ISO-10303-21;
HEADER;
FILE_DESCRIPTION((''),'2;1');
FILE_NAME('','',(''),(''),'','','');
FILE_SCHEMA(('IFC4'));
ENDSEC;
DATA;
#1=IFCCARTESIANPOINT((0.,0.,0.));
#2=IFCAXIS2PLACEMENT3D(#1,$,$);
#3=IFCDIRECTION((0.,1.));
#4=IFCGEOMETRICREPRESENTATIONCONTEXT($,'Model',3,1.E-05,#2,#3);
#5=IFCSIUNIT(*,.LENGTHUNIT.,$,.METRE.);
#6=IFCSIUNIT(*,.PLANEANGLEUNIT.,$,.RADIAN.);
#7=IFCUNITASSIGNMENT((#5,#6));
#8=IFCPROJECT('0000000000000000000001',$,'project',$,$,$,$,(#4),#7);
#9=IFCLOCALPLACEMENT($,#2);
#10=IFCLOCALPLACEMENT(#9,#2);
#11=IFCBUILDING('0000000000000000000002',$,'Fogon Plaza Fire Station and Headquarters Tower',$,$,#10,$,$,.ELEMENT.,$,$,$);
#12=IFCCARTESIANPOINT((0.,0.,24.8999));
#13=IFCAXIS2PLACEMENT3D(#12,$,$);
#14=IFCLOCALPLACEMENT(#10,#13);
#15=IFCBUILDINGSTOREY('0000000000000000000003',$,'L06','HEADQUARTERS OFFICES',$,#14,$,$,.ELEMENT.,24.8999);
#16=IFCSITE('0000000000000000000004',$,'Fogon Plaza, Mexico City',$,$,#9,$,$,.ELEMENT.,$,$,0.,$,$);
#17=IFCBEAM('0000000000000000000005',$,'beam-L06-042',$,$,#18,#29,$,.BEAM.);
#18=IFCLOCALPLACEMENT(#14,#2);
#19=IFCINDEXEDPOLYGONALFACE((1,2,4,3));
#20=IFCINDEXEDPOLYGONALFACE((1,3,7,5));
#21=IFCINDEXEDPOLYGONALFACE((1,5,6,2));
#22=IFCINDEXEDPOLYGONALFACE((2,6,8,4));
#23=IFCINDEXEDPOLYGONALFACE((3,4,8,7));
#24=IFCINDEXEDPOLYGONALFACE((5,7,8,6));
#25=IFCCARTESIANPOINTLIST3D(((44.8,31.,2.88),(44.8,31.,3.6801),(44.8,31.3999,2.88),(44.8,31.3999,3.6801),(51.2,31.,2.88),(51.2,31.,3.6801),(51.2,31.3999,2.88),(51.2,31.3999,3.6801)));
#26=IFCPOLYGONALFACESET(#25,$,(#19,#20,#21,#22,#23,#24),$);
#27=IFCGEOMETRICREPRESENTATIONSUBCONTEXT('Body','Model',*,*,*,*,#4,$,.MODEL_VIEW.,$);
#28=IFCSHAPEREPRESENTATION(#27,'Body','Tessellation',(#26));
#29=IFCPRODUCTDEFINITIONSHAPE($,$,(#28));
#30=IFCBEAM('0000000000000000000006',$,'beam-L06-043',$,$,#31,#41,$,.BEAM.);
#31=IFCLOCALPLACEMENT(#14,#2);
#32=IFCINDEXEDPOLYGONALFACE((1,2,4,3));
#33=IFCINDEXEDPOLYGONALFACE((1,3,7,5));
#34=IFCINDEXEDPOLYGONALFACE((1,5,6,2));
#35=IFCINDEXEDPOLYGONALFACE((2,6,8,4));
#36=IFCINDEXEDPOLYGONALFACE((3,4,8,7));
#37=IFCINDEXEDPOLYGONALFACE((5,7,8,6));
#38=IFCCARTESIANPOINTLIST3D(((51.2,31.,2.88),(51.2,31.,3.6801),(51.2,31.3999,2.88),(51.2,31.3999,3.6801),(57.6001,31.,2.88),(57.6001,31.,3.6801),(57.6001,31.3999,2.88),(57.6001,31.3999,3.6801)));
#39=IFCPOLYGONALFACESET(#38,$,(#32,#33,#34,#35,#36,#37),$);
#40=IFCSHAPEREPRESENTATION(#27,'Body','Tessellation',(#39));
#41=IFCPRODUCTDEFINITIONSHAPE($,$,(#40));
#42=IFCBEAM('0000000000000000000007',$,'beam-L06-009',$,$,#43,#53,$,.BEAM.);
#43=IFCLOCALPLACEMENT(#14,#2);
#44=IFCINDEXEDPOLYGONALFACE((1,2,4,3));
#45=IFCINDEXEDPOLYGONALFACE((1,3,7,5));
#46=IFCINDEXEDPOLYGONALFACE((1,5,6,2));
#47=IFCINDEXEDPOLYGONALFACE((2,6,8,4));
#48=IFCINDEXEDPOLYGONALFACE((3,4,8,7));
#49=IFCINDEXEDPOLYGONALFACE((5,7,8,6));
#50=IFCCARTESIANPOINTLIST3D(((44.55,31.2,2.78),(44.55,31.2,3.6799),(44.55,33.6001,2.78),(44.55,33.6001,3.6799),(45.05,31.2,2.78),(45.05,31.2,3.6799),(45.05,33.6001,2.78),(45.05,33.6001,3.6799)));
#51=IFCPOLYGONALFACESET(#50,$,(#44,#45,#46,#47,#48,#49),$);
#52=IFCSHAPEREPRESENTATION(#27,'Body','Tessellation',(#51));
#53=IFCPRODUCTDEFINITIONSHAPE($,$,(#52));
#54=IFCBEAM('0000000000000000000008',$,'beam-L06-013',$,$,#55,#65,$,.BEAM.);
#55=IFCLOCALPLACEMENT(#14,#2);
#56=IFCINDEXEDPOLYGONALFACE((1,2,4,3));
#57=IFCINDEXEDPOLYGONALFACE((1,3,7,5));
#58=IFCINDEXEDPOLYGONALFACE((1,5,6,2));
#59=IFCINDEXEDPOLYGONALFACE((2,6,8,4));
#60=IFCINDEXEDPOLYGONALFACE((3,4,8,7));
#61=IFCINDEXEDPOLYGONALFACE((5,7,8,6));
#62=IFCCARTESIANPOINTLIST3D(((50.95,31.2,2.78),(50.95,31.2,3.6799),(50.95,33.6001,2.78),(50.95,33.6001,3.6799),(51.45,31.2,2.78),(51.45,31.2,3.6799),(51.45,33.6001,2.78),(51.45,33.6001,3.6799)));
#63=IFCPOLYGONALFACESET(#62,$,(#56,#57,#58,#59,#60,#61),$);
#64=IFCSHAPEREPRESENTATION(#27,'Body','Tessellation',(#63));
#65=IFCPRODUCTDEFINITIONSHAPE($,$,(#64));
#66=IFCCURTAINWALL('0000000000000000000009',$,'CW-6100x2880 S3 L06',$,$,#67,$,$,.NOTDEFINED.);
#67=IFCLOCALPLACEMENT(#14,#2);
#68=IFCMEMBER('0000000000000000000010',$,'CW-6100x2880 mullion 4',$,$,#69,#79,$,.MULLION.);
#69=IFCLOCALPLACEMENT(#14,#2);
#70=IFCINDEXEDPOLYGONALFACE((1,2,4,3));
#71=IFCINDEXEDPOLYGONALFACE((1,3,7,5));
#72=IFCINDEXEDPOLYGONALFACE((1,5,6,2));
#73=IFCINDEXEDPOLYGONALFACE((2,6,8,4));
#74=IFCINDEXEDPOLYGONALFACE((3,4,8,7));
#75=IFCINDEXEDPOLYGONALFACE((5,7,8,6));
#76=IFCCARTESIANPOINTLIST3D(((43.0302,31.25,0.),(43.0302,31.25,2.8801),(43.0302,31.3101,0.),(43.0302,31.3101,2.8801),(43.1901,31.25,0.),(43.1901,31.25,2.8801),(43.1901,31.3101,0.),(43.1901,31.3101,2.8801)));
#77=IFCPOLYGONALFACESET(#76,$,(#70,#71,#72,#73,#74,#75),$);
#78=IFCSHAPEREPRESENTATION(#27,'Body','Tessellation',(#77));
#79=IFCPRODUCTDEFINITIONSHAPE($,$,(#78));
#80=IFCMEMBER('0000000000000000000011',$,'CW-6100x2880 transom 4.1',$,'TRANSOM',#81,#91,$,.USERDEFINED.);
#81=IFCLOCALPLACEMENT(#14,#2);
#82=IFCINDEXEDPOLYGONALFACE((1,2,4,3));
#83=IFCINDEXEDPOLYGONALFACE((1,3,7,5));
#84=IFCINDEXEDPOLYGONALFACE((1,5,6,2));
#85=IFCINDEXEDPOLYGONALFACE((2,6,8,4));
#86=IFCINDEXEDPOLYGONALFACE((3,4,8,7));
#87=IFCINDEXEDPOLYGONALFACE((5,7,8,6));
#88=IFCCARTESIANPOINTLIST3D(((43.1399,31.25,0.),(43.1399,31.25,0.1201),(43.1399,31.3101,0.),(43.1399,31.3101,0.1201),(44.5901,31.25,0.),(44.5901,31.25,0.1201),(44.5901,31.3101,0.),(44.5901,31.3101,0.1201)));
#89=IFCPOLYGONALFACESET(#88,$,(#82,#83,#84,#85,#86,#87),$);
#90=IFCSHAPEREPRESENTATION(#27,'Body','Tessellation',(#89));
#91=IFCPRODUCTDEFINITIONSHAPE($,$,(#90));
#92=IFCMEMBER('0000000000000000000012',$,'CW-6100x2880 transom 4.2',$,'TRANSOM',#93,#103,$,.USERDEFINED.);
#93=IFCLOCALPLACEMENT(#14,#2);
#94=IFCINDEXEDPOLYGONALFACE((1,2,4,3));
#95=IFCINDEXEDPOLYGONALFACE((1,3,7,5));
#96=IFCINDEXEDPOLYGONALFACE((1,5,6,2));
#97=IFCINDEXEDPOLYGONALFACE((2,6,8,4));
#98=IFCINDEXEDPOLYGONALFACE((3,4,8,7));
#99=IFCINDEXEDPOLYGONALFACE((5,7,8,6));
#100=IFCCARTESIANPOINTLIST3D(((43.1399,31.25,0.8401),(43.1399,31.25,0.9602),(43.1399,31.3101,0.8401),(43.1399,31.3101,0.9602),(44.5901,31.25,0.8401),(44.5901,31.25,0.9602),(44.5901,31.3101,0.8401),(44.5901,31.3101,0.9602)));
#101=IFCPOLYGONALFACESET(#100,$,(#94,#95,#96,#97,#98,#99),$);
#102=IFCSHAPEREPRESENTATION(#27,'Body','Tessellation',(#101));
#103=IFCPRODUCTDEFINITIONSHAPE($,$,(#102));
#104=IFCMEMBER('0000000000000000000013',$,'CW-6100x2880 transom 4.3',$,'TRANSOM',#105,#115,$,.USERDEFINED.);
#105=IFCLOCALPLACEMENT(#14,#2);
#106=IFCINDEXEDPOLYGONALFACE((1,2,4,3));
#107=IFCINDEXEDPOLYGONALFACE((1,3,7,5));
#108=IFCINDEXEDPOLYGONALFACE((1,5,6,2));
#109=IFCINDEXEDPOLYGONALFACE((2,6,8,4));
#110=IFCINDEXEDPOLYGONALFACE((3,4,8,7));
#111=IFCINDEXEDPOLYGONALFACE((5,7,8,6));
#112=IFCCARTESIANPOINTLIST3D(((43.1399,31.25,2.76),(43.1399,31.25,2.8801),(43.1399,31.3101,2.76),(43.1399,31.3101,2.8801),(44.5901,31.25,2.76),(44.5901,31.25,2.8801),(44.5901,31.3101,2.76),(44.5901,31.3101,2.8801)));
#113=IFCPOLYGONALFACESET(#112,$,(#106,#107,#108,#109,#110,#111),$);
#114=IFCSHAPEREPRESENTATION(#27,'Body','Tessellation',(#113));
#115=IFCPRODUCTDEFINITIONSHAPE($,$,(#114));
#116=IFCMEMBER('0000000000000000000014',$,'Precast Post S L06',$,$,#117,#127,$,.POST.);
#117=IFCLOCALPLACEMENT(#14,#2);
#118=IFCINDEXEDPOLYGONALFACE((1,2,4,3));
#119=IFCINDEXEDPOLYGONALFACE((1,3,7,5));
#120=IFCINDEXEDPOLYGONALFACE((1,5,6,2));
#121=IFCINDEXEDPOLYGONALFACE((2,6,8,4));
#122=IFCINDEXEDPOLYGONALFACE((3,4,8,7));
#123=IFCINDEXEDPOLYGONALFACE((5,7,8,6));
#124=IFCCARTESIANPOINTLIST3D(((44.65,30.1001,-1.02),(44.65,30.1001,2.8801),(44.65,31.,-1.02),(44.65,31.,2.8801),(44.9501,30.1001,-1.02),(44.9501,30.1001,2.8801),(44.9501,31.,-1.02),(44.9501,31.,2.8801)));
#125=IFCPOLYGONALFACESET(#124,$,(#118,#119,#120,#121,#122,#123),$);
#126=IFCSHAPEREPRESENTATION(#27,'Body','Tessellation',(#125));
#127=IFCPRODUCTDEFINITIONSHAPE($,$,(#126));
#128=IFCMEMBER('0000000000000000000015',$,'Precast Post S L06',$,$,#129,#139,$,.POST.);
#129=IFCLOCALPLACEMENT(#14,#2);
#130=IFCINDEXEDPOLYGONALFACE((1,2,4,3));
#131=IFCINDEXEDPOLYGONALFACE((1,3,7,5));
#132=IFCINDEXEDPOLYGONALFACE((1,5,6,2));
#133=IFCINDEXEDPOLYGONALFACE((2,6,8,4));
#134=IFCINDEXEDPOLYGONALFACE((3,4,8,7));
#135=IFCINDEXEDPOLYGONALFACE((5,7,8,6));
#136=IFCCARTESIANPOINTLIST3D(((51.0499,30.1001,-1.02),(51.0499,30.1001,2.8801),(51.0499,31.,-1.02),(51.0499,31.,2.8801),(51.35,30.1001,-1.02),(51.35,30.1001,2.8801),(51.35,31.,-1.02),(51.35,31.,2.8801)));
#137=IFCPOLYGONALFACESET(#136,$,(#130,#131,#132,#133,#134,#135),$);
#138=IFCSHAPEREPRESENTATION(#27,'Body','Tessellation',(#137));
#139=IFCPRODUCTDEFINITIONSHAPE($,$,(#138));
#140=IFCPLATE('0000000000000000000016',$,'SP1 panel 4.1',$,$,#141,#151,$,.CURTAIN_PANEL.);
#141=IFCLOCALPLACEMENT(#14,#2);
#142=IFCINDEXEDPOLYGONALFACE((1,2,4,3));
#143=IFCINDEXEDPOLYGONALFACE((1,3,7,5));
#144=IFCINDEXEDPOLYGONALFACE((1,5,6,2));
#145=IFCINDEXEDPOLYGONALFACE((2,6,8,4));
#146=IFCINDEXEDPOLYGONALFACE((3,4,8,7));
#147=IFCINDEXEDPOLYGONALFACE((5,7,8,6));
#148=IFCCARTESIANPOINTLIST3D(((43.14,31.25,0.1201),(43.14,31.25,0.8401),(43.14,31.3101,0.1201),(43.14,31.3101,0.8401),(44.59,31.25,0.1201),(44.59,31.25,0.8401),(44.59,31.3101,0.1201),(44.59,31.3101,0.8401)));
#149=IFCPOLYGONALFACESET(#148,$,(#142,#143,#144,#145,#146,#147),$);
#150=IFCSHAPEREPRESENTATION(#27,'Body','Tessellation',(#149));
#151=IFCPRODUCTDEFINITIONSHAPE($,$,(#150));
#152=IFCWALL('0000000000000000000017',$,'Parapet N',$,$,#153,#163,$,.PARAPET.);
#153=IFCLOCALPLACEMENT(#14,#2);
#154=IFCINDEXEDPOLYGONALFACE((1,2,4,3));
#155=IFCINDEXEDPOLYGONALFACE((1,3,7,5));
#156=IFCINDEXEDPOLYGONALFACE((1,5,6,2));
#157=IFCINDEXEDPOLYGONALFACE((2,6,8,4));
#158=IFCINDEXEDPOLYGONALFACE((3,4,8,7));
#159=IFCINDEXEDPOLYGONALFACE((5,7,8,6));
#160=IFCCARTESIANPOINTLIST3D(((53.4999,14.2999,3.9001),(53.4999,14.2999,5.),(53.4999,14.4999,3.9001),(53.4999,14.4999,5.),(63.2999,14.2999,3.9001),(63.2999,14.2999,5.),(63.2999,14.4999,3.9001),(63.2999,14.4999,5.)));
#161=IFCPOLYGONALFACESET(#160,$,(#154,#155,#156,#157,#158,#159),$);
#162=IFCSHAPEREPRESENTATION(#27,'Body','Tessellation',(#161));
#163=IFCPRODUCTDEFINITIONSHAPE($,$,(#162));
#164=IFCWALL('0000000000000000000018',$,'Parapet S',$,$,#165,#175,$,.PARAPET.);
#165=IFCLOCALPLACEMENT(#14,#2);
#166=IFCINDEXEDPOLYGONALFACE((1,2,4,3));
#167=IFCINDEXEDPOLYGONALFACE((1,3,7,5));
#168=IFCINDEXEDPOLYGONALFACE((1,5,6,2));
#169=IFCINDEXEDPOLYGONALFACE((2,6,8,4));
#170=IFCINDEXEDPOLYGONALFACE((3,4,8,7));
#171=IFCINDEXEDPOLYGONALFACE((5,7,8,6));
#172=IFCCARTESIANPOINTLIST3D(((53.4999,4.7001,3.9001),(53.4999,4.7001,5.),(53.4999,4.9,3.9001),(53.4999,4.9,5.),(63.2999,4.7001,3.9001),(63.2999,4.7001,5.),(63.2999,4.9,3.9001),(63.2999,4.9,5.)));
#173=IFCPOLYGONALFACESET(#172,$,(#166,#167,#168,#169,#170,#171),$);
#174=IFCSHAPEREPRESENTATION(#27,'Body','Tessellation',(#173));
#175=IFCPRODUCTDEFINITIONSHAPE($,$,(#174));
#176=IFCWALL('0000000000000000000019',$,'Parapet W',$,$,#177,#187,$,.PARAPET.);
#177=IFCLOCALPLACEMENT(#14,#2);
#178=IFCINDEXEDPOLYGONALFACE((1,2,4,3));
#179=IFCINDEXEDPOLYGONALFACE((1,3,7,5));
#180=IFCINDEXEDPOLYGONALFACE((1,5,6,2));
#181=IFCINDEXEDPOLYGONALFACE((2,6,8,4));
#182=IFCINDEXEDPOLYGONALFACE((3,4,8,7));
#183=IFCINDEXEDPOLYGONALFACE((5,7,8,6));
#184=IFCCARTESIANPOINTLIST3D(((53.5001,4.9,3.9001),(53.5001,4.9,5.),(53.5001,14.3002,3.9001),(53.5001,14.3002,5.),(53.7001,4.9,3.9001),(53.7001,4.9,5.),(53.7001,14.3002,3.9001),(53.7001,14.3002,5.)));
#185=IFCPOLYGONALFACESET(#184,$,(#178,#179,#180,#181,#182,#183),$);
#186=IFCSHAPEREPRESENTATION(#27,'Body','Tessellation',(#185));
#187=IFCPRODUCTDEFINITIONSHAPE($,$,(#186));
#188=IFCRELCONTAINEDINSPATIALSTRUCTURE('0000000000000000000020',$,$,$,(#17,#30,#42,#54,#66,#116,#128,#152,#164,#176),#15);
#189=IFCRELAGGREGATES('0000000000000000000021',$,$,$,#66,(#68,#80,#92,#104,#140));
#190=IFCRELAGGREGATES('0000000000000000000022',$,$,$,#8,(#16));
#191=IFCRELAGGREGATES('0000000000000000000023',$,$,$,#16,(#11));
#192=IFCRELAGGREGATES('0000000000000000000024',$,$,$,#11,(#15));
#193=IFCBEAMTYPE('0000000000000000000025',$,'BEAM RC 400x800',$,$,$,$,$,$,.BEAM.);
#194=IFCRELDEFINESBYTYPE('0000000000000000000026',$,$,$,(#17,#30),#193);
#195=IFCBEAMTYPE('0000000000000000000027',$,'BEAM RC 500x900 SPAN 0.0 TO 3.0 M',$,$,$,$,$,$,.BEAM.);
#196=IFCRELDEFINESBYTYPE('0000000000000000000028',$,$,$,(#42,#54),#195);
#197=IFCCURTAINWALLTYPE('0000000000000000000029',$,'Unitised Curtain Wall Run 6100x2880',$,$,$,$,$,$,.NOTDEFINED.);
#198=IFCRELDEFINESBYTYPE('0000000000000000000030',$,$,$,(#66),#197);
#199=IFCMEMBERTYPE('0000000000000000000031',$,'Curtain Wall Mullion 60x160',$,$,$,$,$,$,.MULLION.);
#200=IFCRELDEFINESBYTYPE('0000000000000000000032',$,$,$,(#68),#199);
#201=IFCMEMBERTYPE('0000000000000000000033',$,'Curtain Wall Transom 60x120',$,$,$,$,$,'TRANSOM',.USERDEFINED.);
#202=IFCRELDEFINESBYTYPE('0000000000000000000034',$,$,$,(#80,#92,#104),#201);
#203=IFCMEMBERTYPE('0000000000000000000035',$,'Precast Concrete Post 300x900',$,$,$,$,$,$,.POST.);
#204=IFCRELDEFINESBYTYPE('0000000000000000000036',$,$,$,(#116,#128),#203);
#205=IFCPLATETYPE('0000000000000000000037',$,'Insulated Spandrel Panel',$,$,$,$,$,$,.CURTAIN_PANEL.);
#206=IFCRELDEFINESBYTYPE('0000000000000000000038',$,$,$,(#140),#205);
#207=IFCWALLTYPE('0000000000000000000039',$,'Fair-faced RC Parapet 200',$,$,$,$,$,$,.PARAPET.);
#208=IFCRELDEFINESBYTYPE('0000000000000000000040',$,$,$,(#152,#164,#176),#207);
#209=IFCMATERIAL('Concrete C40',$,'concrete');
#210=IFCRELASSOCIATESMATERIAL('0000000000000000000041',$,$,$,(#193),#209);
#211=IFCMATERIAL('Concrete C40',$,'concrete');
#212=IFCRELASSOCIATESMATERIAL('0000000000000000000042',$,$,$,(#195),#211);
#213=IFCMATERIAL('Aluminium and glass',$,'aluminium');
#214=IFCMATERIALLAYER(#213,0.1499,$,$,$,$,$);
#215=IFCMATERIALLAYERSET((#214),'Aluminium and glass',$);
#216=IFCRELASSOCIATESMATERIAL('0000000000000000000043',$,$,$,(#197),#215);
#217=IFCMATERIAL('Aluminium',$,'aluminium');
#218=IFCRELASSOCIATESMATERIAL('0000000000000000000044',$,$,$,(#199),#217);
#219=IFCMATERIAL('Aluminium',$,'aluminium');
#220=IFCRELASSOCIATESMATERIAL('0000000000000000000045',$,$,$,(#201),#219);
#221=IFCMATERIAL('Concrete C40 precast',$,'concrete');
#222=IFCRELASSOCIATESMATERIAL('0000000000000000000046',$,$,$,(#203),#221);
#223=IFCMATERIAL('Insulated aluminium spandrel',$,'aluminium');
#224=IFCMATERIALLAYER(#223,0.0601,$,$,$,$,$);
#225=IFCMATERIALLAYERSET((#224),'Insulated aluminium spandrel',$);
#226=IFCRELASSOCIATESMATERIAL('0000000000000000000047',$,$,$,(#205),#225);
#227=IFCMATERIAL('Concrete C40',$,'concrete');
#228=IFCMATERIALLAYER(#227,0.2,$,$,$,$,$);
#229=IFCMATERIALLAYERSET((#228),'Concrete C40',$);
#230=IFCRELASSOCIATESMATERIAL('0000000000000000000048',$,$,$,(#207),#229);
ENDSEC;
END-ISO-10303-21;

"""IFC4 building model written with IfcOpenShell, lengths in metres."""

from ifc_helpers import new_model, si_unit, direction, frame, frame_2d, origin, origin_2d, place, context, subcontext, project, spatial, rectangle, extrude, material, layer, layer_set, material_profile, profile_set, type_object, element, aggregate, save


model = new_model("IFC4")

# Units and contexts
model_context = context("Model", 3, precision=1e-05, world=origin(), true_north=direction((0.0, 1.0)))
body_context = subcontext(model_context, "Body", "Model", "MODEL_VIEW")
ifc_project = project(units=[si_unit("LENGTHUNIT", "METRE"), si_unit("PLANEANGLEUNIT", "RADIAN")], contexts=[model_context])

# Site, building, storey
site_placement = place(None, origin())
site = spatial("IfcSite", under=ifc_project, at=site_placement, Name="Fogon Plaza, Mexico City", CompositionType="ELEMENT", RefElevation=0.0)
building_placement = place(site_placement, origin())
building = spatial("IfcBuilding", under=site, at=building_placement, Name="Fogon Plaza Fire Station and Headquarters Tower", CompositionType="ELEMENT")
storey_placement = place(building_placement, frame((0.0, 0.0, 24.8999)))
storey = spatial("IfcBuildingStorey", under=building, at=storey_placement, Name="L06", Description="HEADQUARTERS OFFICES", CompositionType="ELEMENT", Elevation=24.8999)

# Beams
ifc_material_1 = material(Name="Concrete C40", Category="concrete")
ifc_material_profile_1 = material_profile(ifc_material_1, rectangle(XDim=0.3999, YDim=0.8, at=origin_2d()), Name="RC 400x800")
ifc_profile_set_1 = profile_set([ifc_material_profile_1], Name="Concrete C40")
beam_type_1 = type_object("IfcBeamType", Name="BEAM RC 400x800", PredefinedType="BEAM", material=ifc_profile_set_1)
beam_1_placement = place(storey_placement, frame((44.8, 31.2, 3.28), z_axis=(1.0, 0.0, 0.0), x_axis=(0.0, 1.0, 0.0)))
element("IfcBeam", 1, at=beam_1_placement, inside=storey, type_object=beam_type_1, Name="beam-L06-042", PredefinedType="BEAM", context=body_context, shape_type="SweptSolid", body=[
    extrude(rectangle(XDim=0.3999, YDim=0.8, at=origin_2d()), origin(), (0.0, 0.0, 1.0), 6.3999),
])
beam_2_placement = place(storey_placement, frame((51.2, 31.2, 3.28), z_axis=(1.0, 0.0, 0.0), x_axis=(0.0, 1.0, 0.0)))
element("IfcBeam", 2, at=beam_2_placement, inside=storey, type_object=beam_type_1, Name="beam-L06-043", PredefinedType="BEAM", context=body_context, shape_type="SweptSolid", body=[
    extrude(rectangle(XDim=0.3999, YDim=0.8, at=origin_2d()), origin(), (0.0, 0.0, 1.0), 6.4001),
])
ifc_material_2 = material(Name="Concrete C40", Category="concrete")
ifc_material_profile_2 = material_profile(ifc_material_2, rectangle(XDim=0.5, YDim=0.8999, at=origin_2d()), Name="RC 500x900")
ifc_profile_set_2 = profile_set([ifc_material_profile_2], Name="Concrete C40")
beam_type_2 = type_object("IfcBeamType", Name="BEAM RC 500x900 SPAN 0.0 TO 3.0 M", PredefinedType="BEAM", material=ifc_profile_set_2)
for number, where, z_axis, x_axis, name in (
    (3, (44.8, 31.2, 3.23), (0.0, 1.0, 0.0), (-1.0, 0.0, 0.0), "beam-L06-009"),
    (4, (51.2, 31.2, 3.23), (0.0, 1.0, 0.0), (-1.0, 0.0, 0.0), "beam-L06-013"),
):
    element("IfcBeam", number, at=place(storey_placement, frame(where, z_axis=z_axis, x_axis=x_axis)), inside=storey, type_object=beam_type_2, Name=name, PredefinedType="BEAM", context=body_context, shape_type="SweptSolid", body=[
        extrude(rectangle(XDim=0.5, YDim=0.8999, at=origin_2d()), origin(), (0.0, 0.0, 1.0), 2.4001),
    ])

# Curtain wall, members
ifc_material_3 = material(Name="Aluminium and glass", Category="aluminium")
ifc_layer_1 = layer(ifc_material_3, 0.1499)
ifc_layer_set_1 = layer_set([ifc_layer_1], Name="Aluminium and glass")
curtain_wall_type = type_object("IfcCurtainWallType", Name="Unitised Curtain Wall Run 6100x2880", PredefinedType="NOTDEFINED", material=ifc_layer_set_1)
curtain_wall_placement = place(storey_placement, origin())
curtain_wall = element("IfcCurtainWall", 5, at=curtain_wall_placement, inside=storey, type_object=curtain_wall_type, Name="CW-6100x2880 S3 L06", PredefinedType="NOTDEFINED")
ifc_material_4 = material(Name="Aluminium", Category="aluminium")
ifc_material_profile_3 = material_profile(ifc_material_4, rectangle(XDim=0.0601, YDim=0.1599, at=origin_2d()), Name="Curtain Wall Mullion 60x160")
ifc_profile_set_3 = profile_set([ifc_material_profile_3], Name="Aluminium")
member_type_1 = type_object("IfcMemberType", Name="Curtain Wall Mullion 60x160", PredefinedType="MULLION", material=ifc_profile_set_3)
member_1_placement = place(storey_placement, frame((43.1101, 31.28, 0.0), z_axis=(0.0, 0.0, 1.0), x_axis=(0.0, 1.0, 0.0)))
member_1 = element("IfcMember", 6, at=member_1_placement, type_object=member_type_1, Name="CW-6100x2880 mullion 4", PredefinedType="MULLION", context=body_context, shape_type="SweptSolid", body=[
    extrude(rectangle(XDim=0.0601, YDim=0.1599, at=origin_2d()), origin(), (0.0, 0.0, 1.0), 2.8801),
])
ifc_material_5 = material(Name="Aluminium", Category="aluminium")
ifc_material_profile_4 = material_profile(ifc_material_5, rectangle(XDim=0.0601, YDim=0.1201, at=origin_2d()), Name="Curtain Wall Transom 60x120")
ifc_profile_set_4 = profile_set([ifc_material_profile_4], Name="Aluminium")
member_type_2 = type_object("IfcMemberType", Name="Curtain Wall Transom 60x120", ElementType="TRANSOM", PredefinedType="USERDEFINED", material=ifc_profile_set_4)
member_2_placement = place(storey_placement, frame((43.1399, 31.28, 0.0601), z_axis=(1.0, 0.0, 0.0), x_axis=(0.0, 1.0, 0.0)))
member_2 = element("IfcMember", 7, at=member_2_placement, type_object=member_type_2, Name="CW-6100x2880 transom 4.1", ObjectType="TRANSOM", PredefinedType="USERDEFINED", context=body_context, shape_type="SweptSolid", body=[
    extrude(rectangle(XDim=0.0601, YDim=0.1201, at=origin_2d()), origin(), (0.0, 0.0, 1.0), 1.4502),
])
member_3_placement = place(storey_placement, frame((43.1399, 31.28, 0.9001), z_axis=(1.0, 0.0, 0.0), x_axis=(0.0, 1.0, 0.0)))
member_3 = element("IfcMember", 8, at=member_3_placement, type_object=member_type_2, Name="CW-6100x2880 transom 4.2", ObjectType="TRANSOM", PredefinedType="USERDEFINED", context=body_context, shape_type="SweptSolid", body=[
    extrude(rectangle(XDim=0.0601, YDim=0.1201, at=origin_2d()), origin(), (0.0, 0.0, 1.0), 1.4502),
])
member_4_placement = place(storey_placement, frame((43.1399, 31.28, 2.8201), z_axis=(1.0, 0.0, 0.0), x_axis=(0.0, 1.0, 0.0)))
member_4 = element("IfcMember", 9, at=member_4_placement, type_object=member_type_2, Name="CW-6100x2880 transom 4.3", ObjectType="TRANSOM", PredefinedType="USERDEFINED", context=body_context, shape_type="SweptSolid", body=[
    extrude(rectangle(XDim=0.0601, YDim=0.1201, at=origin_2d()), origin(), (0.0, 0.0, 1.0), 1.4502),
])

# Members
ifc_material_6 = material(Name="Concrete C40 precast", Category="concrete")
ifc_material_profile_5 = material_profile(ifc_material_6, rectangle(XDim=0.3, YDim=0.8999, at=origin_2d()), Name="Precast Concrete Post 300x900")
ifc_profile_set_5 = profile_set([ifc_material_profile_5], Name="Concrete C40 precast")
member_type_3 = type_object("IfcMemberType", Name="Precast Concrete Post 300x900", PredefinedType="POST", material=ifc_profile_set_5)
for number, where, z_axis, x_axis, name in (
    (10, (44.8, 30.55, -1.02), (0.0, 0.0, 1.0), (1.0, 0.0, 0.0), "Precast Post S L06"),
    (11, (51.2, 30.55, -1.02), (0.0, 0.0, 1.0), (1.0, 0.0, 0.0), "Precast Post S L06"),
):
    element("IfcMember", number, at=place(storey_placement, frame(where, z_axis=z_axis, x_axis=x_axis)), inside=storey, type_object=member_type_3, Name=name, PredefinedType="POST", context=body_context, shape_type="SweptSolid", body=[
        extrude(rectangle(XDim=0.3, YDim=0.8999, at=origin_2d()), origin(), (0.0, 0.0, 1.0), 3.9001),
    ])

# Plate
ifc_material_7 = material(Name="Insulated aluminium spandrel", Category="aluminium")
ifc_layer_2 = layer(ifc_material_7, 0.0601)
ifc_layer_set_2 = layer_set([ifc_layer_2], Name="Insulated aluminium spandrel")
plate_type = type_object("IfcPlateType", Name="Insulated Spandrel Panel", PredefinedType="CURTAIN_PANEL", material=ifc_layer_set_2)
plate_placement = place(storey_placement, frame((43.865, 31.28, 0.1201), z_axis=(0.0, 0.0, 1.0), x_axis=(1.0, 0.0, 0.0)))
plate = element("IfcPlate", 12, at=plate_placement, type_object=plate_type, Name="SP1 panel 4.1", PredefinedType="CURTAIN_PANEL", context=body_context, shape_type="SweptSolid", body=[
    extrude(rectangle(XDim=1.45, YDim=0.0601, at=origin_2d()), origin(), (0.0, 0.0, 1.0), 0.72),
])
aggregate(curtain_wall, [member_1, member_2, member_3, member_4, plate])

# Walls
ifc_material_8 = material(Name="Concrete C40", Category="concrete")
ifc_layer_3 = layer(ifc_material_8, 0.2)
ifc_layer_set_3 = layer_set([ifc_layer_3], Name="Concrete C40")
wall_type_1 = type_object("IfcWallType", Name="Fair-faced RC Parapet 200", PredefinedType="PARAPET", material=ifc_layer_set_3)
for number, where, z_axis, x_axis, name in (
    (13, (53.5, 14.3999, 3.9001), (0.0, 0.0, 1.0), (1.0, 0.0, 0.0), "Parapet N"),
    (14, (53.5, 4.8, 3.9001), (0.0, 0.0, 1.0), (1.0, 0.0, 0.0), "Parapet S"),
):
    element("IfcWall", number, at=place(storey_placement, frame(where, z_axis=z_axis, x_axis=x_axis)), inside=storey, type_object=wall_type_1, Name=name, PredefinedType="PARAPET", context=body_context, shape_type="SweptSolid", body=[
        extrude(rectangle(XDim=9.8, YDim=0.2, at=frame_2d((4.8999, 0.0))), origin(), (0.0, 0.0, 1.0), 1.0999),
    ])
wall_1_placement = place(storey_placement, frame((53.6001, 4.8999, 3.9001), z_axis=(0.0, 0.0, 1.0), x_axis=(0.0, 1.0, 0.0)))
element("IfcWall", 15, at=wall_1_placement, inside=storey, type_object=wall_type_1, Name="Parapet W", PredefinedType="PARAPET", context=body_context, shape_type="SweptSolid", body=[
    extrude(rectangle(XDim=9.4001, YDim=0.2, at=frame_2d((4.7002, 0.0))), origin(), (0.0, 0.0, 1.0), 1.0999),
])

save(model, "model.ifc")
